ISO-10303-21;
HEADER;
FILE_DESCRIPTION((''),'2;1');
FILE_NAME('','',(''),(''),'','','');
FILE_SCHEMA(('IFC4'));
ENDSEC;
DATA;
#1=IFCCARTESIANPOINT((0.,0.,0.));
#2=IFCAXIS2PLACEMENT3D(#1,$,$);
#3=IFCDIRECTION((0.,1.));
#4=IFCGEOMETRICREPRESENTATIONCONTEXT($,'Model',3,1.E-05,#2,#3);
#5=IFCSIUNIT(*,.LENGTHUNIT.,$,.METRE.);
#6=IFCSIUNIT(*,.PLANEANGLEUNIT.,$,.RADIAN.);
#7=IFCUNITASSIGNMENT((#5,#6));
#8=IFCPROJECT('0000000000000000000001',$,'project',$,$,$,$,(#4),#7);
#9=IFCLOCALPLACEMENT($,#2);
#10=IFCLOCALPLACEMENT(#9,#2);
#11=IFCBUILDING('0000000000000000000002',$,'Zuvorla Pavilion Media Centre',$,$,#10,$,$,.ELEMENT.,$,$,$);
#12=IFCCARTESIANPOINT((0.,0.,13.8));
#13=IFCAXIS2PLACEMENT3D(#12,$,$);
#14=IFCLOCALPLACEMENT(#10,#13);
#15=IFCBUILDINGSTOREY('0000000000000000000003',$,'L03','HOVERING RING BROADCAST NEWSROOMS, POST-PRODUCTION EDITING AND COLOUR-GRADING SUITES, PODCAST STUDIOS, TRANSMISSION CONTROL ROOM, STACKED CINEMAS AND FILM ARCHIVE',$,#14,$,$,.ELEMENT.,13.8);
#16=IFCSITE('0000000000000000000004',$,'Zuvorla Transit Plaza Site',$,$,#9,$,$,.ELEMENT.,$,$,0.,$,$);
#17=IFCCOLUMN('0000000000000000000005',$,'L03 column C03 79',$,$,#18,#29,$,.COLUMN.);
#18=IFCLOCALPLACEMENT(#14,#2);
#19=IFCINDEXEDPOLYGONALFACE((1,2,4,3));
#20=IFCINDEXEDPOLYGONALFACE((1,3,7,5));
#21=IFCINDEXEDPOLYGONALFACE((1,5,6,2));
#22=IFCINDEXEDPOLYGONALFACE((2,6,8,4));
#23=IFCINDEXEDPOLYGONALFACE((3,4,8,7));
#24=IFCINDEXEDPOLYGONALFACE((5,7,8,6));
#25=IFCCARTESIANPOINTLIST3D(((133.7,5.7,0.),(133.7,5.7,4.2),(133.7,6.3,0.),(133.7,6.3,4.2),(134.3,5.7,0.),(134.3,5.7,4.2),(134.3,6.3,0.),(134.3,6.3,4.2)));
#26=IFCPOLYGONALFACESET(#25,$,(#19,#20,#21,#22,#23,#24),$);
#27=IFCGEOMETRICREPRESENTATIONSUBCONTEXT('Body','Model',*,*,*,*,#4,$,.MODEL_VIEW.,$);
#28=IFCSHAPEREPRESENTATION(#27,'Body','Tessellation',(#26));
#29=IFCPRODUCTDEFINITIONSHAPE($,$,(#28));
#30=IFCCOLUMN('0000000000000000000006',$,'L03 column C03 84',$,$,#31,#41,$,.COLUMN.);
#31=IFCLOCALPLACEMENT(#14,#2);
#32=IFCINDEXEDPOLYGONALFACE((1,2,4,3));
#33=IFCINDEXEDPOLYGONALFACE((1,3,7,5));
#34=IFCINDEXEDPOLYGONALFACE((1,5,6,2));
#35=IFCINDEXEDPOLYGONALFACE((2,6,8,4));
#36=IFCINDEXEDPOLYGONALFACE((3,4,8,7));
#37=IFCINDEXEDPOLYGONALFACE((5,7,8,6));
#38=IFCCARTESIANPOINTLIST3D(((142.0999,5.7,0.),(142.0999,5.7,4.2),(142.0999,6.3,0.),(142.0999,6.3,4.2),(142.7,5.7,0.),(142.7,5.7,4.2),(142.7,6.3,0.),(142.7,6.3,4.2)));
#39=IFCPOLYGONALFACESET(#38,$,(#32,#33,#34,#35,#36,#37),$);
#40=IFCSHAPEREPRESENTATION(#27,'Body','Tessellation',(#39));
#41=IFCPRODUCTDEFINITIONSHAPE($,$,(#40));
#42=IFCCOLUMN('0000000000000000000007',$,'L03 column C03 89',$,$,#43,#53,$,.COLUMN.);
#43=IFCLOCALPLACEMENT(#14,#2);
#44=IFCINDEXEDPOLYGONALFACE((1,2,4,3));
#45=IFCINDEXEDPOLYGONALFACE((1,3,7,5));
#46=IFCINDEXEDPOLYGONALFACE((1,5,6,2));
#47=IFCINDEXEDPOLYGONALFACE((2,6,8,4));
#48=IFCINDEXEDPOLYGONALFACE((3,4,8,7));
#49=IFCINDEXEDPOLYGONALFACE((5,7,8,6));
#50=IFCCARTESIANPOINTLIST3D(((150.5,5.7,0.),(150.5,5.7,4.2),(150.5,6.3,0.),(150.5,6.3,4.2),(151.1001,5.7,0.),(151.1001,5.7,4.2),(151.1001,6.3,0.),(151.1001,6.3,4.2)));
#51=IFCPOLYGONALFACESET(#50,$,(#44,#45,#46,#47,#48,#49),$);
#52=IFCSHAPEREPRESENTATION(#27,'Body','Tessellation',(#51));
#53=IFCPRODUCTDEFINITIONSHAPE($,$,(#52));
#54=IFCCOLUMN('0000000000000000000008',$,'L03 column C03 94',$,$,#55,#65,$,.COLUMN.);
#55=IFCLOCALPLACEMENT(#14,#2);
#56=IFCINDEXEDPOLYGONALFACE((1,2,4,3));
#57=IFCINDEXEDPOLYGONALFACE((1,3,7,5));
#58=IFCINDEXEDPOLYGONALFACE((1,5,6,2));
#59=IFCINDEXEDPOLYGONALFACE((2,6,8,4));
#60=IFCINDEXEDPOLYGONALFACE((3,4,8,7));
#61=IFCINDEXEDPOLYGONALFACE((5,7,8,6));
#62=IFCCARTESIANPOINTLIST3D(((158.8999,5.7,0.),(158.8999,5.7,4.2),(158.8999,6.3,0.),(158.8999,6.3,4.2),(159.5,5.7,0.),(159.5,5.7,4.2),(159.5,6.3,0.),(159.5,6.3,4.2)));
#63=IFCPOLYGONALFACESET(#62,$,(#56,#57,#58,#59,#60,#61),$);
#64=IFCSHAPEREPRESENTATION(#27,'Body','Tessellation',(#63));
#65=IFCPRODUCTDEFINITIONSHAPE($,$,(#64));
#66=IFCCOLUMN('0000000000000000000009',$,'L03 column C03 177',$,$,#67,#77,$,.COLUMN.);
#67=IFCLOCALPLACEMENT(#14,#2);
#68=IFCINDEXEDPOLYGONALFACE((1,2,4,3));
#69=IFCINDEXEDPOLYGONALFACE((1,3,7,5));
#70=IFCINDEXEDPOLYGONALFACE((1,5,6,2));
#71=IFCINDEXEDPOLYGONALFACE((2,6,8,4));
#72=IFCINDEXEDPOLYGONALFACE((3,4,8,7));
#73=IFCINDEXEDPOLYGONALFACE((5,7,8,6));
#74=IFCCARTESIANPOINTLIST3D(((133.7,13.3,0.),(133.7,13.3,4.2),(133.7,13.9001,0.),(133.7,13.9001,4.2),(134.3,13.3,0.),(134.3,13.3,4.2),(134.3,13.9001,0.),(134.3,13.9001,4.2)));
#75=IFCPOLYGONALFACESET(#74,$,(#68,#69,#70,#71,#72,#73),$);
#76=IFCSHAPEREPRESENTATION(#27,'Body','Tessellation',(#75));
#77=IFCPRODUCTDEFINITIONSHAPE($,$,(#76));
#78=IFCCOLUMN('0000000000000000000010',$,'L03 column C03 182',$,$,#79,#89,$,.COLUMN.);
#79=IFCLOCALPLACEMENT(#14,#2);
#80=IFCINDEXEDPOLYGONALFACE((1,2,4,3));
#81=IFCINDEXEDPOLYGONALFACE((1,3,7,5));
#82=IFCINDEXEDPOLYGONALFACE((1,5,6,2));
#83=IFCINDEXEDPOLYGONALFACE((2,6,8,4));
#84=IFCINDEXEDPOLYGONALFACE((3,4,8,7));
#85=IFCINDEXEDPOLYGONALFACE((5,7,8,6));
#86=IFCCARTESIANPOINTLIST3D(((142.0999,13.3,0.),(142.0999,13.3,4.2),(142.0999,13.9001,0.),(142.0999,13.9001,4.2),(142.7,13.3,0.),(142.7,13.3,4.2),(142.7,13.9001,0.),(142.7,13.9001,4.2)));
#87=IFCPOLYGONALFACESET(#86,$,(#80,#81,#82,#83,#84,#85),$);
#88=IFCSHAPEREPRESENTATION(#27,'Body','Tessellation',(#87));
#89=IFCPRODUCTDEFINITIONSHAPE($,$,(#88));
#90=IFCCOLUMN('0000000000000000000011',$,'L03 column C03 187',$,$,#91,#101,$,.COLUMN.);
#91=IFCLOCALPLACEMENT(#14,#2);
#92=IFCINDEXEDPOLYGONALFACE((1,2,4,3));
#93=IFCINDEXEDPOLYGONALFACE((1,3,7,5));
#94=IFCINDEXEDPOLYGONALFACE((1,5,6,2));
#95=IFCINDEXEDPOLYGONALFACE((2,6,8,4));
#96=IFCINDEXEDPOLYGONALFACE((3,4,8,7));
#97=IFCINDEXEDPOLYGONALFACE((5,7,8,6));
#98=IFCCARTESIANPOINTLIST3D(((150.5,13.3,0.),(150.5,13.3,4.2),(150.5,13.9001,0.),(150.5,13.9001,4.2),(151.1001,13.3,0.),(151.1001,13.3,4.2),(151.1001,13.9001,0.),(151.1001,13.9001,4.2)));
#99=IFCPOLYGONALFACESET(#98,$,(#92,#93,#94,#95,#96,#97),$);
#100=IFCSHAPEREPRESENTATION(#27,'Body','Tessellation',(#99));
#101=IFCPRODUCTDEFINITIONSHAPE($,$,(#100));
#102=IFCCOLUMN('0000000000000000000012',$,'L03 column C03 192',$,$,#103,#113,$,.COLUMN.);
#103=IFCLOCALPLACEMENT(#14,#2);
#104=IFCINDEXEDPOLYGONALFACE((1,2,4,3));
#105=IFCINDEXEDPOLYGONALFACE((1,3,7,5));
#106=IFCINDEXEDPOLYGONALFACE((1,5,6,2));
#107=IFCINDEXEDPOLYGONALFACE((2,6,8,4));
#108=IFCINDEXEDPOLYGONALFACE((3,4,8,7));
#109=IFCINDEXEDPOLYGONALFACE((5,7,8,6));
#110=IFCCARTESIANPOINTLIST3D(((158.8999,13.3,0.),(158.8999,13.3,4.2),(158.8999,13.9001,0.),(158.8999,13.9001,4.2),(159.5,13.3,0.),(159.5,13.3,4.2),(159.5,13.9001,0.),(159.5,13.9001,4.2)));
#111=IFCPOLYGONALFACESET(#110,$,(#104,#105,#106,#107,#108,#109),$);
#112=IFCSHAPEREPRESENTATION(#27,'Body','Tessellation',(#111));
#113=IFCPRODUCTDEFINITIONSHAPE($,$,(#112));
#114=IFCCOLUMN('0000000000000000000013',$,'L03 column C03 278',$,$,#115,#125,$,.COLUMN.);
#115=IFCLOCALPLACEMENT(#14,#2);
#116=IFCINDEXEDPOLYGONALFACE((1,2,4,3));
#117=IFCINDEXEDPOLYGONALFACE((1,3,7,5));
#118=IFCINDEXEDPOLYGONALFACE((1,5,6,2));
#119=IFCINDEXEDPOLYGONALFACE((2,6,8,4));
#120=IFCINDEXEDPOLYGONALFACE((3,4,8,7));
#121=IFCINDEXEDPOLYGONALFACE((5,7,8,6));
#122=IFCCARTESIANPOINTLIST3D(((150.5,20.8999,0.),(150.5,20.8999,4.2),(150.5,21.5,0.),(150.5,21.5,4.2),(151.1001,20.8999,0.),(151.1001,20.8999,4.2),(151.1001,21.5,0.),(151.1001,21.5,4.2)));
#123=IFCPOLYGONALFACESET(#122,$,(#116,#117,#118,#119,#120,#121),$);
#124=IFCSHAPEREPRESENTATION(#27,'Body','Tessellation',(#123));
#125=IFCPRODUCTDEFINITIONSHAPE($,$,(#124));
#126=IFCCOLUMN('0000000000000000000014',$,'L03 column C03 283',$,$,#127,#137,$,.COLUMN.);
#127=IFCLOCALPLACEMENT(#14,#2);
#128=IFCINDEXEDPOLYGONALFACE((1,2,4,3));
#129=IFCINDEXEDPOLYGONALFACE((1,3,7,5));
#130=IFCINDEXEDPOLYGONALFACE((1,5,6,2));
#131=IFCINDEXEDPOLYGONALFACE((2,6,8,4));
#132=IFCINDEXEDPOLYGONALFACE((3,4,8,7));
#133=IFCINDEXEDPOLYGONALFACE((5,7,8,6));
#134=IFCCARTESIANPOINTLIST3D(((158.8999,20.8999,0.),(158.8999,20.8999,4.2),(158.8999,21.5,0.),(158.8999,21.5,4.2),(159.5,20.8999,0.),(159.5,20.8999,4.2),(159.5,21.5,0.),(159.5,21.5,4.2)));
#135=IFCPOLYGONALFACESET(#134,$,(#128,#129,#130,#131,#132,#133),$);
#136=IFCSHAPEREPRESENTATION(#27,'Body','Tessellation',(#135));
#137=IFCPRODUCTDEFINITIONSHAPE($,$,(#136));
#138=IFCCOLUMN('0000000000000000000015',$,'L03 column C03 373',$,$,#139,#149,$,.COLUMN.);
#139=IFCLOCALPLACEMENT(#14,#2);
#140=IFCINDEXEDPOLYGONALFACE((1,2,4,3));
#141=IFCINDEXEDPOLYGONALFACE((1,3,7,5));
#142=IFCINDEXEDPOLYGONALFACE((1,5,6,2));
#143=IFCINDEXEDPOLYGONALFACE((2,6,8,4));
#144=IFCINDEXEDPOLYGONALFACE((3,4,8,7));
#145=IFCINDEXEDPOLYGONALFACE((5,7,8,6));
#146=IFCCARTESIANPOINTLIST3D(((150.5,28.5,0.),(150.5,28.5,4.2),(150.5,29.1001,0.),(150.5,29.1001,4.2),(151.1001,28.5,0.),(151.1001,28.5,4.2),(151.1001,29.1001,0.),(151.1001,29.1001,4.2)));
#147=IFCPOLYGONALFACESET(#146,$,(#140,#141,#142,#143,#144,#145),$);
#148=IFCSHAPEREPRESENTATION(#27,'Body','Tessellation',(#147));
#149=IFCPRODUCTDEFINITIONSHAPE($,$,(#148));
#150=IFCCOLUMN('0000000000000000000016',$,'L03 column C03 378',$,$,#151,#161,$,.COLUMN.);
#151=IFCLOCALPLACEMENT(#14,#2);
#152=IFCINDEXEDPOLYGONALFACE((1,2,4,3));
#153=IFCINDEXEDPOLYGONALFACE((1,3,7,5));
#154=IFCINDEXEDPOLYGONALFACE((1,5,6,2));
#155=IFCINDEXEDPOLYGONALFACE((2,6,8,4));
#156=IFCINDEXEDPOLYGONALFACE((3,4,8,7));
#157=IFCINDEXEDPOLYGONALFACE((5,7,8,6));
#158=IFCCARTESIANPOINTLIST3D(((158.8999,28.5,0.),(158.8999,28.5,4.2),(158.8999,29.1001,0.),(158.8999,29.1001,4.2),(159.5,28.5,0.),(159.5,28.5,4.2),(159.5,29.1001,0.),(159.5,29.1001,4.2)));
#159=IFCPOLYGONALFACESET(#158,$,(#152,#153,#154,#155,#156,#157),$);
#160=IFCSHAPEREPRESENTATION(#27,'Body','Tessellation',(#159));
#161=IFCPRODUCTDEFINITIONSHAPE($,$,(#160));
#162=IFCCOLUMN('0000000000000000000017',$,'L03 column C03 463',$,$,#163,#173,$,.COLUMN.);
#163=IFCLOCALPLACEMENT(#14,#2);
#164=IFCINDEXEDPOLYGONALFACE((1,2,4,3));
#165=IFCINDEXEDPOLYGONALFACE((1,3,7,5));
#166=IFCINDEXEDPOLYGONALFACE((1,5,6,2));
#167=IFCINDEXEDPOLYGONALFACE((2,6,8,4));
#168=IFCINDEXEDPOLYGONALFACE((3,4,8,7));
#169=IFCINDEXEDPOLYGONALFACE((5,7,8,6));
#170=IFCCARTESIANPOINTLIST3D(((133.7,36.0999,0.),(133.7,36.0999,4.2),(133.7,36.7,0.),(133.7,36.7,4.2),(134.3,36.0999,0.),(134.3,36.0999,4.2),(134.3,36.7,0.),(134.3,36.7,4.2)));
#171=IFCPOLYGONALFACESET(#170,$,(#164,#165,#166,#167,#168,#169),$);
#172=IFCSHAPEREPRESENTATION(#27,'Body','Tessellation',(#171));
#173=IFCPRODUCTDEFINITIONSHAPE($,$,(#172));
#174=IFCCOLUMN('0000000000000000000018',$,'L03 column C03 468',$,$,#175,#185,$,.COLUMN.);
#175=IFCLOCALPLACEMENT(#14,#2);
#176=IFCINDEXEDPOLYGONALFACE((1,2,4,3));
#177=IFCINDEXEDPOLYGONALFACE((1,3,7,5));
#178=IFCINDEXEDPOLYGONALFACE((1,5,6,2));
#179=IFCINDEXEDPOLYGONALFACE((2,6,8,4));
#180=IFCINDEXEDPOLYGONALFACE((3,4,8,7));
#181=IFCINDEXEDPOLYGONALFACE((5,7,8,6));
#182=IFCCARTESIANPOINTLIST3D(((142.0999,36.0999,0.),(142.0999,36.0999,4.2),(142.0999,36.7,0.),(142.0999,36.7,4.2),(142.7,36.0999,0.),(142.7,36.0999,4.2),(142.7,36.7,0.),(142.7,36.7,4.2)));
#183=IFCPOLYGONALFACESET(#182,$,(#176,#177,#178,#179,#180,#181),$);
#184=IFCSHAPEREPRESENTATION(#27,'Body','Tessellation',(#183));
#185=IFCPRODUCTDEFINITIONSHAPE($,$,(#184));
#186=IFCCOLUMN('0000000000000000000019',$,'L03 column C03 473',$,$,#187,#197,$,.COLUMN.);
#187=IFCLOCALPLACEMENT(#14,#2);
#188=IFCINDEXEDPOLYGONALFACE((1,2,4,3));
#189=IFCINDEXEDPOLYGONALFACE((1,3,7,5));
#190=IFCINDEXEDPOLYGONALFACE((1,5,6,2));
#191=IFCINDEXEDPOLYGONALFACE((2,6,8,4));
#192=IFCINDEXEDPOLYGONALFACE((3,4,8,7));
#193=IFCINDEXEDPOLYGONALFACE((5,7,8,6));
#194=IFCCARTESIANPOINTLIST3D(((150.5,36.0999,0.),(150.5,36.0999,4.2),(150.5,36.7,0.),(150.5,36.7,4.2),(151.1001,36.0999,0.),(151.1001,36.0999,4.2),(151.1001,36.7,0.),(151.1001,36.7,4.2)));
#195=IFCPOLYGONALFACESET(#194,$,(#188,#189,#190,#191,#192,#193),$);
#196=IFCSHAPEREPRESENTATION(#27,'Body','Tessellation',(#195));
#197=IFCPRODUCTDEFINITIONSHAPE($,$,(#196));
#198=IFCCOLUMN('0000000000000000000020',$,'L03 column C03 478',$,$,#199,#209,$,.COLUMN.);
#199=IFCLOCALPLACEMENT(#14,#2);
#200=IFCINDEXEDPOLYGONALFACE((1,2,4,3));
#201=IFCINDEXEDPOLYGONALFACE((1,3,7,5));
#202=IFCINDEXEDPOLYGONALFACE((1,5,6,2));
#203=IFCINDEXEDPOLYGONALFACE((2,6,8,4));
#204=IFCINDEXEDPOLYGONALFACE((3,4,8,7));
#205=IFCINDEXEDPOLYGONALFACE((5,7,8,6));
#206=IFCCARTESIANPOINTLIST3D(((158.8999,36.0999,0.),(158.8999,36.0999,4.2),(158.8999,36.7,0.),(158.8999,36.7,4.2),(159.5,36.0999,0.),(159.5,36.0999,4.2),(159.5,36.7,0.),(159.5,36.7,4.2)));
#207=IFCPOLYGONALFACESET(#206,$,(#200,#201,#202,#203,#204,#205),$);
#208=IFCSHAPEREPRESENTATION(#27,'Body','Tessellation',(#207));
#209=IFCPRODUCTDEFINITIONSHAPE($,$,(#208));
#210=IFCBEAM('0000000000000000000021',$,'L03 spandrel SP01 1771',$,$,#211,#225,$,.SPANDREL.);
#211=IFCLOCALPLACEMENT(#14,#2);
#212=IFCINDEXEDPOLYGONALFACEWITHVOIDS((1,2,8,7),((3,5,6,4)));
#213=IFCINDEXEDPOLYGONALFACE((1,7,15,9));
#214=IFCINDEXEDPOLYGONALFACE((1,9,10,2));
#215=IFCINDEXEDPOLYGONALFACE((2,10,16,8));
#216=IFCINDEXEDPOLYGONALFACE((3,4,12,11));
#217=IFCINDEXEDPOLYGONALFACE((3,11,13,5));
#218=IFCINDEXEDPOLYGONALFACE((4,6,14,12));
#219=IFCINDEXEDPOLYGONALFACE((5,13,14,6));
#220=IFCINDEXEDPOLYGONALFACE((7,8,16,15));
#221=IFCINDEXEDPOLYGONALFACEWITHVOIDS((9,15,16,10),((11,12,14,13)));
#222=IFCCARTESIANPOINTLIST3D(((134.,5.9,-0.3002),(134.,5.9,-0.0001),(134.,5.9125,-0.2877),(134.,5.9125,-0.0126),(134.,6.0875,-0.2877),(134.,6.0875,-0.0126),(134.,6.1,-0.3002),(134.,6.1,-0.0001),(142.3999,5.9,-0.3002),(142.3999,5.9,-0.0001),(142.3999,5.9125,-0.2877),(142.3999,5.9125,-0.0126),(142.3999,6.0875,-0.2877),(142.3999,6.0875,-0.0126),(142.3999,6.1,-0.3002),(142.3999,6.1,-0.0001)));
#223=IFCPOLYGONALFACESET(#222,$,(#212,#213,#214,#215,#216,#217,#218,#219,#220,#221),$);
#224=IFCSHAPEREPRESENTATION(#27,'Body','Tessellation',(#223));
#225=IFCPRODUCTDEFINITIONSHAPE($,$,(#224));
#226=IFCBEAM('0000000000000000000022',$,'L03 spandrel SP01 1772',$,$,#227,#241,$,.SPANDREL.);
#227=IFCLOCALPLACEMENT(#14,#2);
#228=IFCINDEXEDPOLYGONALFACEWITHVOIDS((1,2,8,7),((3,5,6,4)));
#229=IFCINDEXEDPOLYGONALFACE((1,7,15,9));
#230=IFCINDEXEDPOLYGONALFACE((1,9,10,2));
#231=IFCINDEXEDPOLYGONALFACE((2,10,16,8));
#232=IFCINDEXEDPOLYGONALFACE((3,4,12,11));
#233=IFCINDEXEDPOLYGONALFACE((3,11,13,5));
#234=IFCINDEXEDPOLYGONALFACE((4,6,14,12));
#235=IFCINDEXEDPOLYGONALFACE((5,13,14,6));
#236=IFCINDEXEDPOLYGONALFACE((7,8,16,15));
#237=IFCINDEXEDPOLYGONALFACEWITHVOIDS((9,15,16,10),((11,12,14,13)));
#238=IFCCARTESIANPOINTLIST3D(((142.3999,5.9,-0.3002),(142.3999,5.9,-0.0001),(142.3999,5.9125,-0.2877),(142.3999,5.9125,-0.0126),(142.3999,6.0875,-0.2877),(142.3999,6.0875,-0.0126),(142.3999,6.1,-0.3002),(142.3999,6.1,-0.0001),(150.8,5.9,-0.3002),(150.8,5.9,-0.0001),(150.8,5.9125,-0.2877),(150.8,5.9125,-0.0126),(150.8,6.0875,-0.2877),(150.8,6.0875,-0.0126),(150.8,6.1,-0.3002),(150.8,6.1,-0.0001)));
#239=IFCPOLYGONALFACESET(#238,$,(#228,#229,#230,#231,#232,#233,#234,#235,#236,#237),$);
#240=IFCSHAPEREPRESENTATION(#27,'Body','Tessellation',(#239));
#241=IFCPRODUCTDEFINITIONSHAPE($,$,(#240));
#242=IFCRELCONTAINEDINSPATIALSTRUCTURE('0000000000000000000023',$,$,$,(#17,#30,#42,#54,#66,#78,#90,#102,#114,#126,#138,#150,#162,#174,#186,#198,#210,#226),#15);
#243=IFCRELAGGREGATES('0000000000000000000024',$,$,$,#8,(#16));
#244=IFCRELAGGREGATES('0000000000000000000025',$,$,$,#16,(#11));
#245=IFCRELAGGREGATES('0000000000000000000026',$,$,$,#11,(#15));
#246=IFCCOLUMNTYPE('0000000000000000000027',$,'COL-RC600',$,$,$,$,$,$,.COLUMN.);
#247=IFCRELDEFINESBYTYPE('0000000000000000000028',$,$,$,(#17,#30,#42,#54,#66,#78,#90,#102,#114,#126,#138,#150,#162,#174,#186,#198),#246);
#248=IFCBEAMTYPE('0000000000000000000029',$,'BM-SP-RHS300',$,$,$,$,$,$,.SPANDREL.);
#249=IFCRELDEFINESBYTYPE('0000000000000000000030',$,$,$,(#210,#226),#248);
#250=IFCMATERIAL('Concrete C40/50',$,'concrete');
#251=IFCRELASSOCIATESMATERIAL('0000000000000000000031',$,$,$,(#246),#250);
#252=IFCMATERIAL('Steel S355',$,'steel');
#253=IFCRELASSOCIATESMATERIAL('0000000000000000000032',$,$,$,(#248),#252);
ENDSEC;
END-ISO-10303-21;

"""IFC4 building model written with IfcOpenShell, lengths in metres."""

from ifc_helpers import new_model, si_unit, direction, frame, origin, origin_2d, place, context, subcontext, project, spatial, rectangle, hollow_rectangle, extrude, material, material_profile, profile_set, type_object, element, save


model = new_model("IFC4")

# Units and contexts
model_context = context("Model", 3, precision=1e-05, world=origin(), true_north=direction((0.0, 1.0)))
body_context = subcontext(model_context, "Body", "Model", "MODEL_VIEW")
ifc_project = project(units=[si_unit("LENGTHUNIT", "METRE"), si_unit("PLANEANGLEUNIT", "RADIAN")], contexts=[model_context])

# Site, building, storey
site_placement = place(None, origin())
site = spatial("IfcSite", under=ifc_project, at=site_placement, Name="Zuvorla Transit Plaza Site", CompositionType="ELEMENT", RefElevation=0.0)
building_placement = place(site_placement, origin())
building = spatial("IfcBuilding", under=site, at=building_placement, Name="Zuvorla Pavilion Media Centre", CompositionType="ELEMENT")
storey_placement = place(building_placement, frame((0.0, 0.0, 13.8)))
storey = spatial("IfcBuildingStorey", under=building, at=storey_placement, Name="L03", Description="HOVERING RING BROADCAST NEWSROOMS, POST-PRODUCTION EDITING AND COLOUR-GRADING SUITES, PODCAST STUDIOS, TRANSMISSION CONTROL ROOM, STACKED CINEMAS AND FILM ARCHIVE", CompositionType="ELEMENT", Elevation=13.8)

# Columns
ifc_material_1 = material(Name="Concrete C40/50", Category="concrete")
ifc_material_profile_1 = material_profile(ifc_material_1, rectangle(XDim=0.6001, YDim=0.6001, at=origin_2d()), Name="RC 600x600")
ifc_profile_set_1 = profile_set([ifc_material_profile_1], Name="Concrete C40/50")
column_type = type_object("IfcColumnType", Name="COL-RC600", PredefinedType="COLUMN", material=ifc_profile_set_1)
for number, where, z_axis, x_axis, name in (
    (1, (134.0, 6.0, 0.0), (0.0, 0.0, 1.0), (1.0, 0.0, 0.0), "L03 column C03 79"),
    (2, (142.3999, 6.0, 0.0), (0.0, 0.0, 1.0), (1.0, 0.0, 0.0), "L03 column C03 84"),
    (3, (150.8, 6.0, 0.0), (0.0, 0.0, 1.0), (1.0, 0.0, 0.0), "L03 column C03 89"),
    (4, (159.2, 6.0, 0.0), (0.0, 0.0, 1.0), (1.0, 0.0, 0.0), "L03 column C03 94"),
    (5, (134.0, 13.6001, 0.0), (0.0, 0.0, 1.0), (1.0, 0.0, 0.0), "L03 column C03 177"),
    (6, (142.3999, 13.6001, 0.0), (0.0, 0.0, 1.0), (1.0, 0.0, 0.0), "L03 column C03 182"),
    (7, (150.8, 13.6001, 0.0), (0.0, 0.0, 1.0), (1.0, 0.0, 0.0), "L03 column C03 187"),
    (8, (159.2, 13.6001, 0.0), (0.0, 0.0, 1.0), (1.0, 0.0, 0.0), "L03 column C03 192"),
    (9, (150.8, 21.2, 0.0), (0.0, 0.0, 1.0), (1.0, 0.0, 0.0), "L03 column C03 278"),
    (10, (159.2, 21.2, 0.0), (0.0, 0.0, 1.0), (1.0, 0.0, 0.0), "L03 column C03 283"),
    (11, (150.8, 28.8, 0.0), (0.0, 0.0, 1.0), (1.0, 0.0, 0.0), "L03 column C03 373"),
    (12, (159.2, 28.8, 0.0), (0.0, 0.0, 1.0), (1.0, 0.0, 0.0), "L03 column C03 378"),
    (13, (134.0, 36.3999, 0.0), (0.0, 0.0, 1.0), (1.0, 0.0, 0.0), "L03 column C03 463"),
    (14, (142.3999, 36.3999, 0.0), (0.0, 0.0, 1.0), (1.0, 0.0, 0.0), "L03 column C03 468"),
    (15, (150.8, 36.3999, 0.0), (0.0, 0.0, 1.0), (1.0, 0.0, 0.0), "L03 column C03 473"),
    (16, (159.2, 36.3999, 0.0), (0.0, 0.0, 1.0), (1.0, 0.0, 0.0), "L03 column C03 478"),
):
    element("IfcColumn", number, at=place(storey_placement, frame(where, z_axis=z_axis, x_axis=x_axis)), inside=storey, type_object=column_type, Name=name, PredefinedType="COLUMN", context=body_context, shape_type="SweptSolid", body=[
        extrude(rectangle(XDim=0.6001, YDim=0.6001, at=origin_2d()), origin(), (0.0, 0.0, 1.0), 4.2),
    ])

# Beams
ifc_material_2 = material(Name="Steel S355", Category="steel")
ifc_material_profile_2 = material_profile(ifc_material_2, hollow_rectangle(XDim=0.2, YDim=0.3, WallThickness=0.0125, at=origin_2d()), Name="RHS 300x200x12.5")
ifc_profile_set_2 = profile_set([ifc_material_profile_2], Name="Steel S355")
beam_type = type_object("IfcBeamType", Name="BM-SP-RHS300", PredefinedType="SPANDREL", material=ifc_profile_set_2)
beam_1_placement = place(storey_placement, frame((134.0, 6.0, -0.1501), z_axis=(1.0, 0.0, 0.0), x_axis=(0.0, 1.0, 0.0)))
element("IfcBeam", 17, at=beam_1_placement, inside=storey, type_object=beam_type, Name="L03 spandrel SP01 1771", PredefinedType="SPANDREL", context=body_context, shape_type="SweptSolid", body=[
    extrude(hollow_rectangle(XDim=0.2, YDim=0.3, WallThickness=0.0125, at=origin_2d()), origin(), (0.0, 0.0, 1.0), 8.3999),
])
beam_2_placement = place(storey_placement, frame((142.3999, 6.0, -0.1501), z_axis=(1.0, 0.0, 0.0), x_axis=(0.0, 1.0, 0.0)))
element("IfcBeam", 18, at=beam_2_placement, inside=storey, type_object=beam_type, Name="L03 spandrel SP01 1772", PredefinedType="SPANDREL", context=body_context, shape_type="SweptSolid", body=[
    extrude(hollow_rectangle(XDim=0.2, YDim=0.3, WallThickness=0.0125, at=origin_2d()), origin(), (0.0, 0.0, 1.0), 8.4001),
])

save(model, "model.ifc")
